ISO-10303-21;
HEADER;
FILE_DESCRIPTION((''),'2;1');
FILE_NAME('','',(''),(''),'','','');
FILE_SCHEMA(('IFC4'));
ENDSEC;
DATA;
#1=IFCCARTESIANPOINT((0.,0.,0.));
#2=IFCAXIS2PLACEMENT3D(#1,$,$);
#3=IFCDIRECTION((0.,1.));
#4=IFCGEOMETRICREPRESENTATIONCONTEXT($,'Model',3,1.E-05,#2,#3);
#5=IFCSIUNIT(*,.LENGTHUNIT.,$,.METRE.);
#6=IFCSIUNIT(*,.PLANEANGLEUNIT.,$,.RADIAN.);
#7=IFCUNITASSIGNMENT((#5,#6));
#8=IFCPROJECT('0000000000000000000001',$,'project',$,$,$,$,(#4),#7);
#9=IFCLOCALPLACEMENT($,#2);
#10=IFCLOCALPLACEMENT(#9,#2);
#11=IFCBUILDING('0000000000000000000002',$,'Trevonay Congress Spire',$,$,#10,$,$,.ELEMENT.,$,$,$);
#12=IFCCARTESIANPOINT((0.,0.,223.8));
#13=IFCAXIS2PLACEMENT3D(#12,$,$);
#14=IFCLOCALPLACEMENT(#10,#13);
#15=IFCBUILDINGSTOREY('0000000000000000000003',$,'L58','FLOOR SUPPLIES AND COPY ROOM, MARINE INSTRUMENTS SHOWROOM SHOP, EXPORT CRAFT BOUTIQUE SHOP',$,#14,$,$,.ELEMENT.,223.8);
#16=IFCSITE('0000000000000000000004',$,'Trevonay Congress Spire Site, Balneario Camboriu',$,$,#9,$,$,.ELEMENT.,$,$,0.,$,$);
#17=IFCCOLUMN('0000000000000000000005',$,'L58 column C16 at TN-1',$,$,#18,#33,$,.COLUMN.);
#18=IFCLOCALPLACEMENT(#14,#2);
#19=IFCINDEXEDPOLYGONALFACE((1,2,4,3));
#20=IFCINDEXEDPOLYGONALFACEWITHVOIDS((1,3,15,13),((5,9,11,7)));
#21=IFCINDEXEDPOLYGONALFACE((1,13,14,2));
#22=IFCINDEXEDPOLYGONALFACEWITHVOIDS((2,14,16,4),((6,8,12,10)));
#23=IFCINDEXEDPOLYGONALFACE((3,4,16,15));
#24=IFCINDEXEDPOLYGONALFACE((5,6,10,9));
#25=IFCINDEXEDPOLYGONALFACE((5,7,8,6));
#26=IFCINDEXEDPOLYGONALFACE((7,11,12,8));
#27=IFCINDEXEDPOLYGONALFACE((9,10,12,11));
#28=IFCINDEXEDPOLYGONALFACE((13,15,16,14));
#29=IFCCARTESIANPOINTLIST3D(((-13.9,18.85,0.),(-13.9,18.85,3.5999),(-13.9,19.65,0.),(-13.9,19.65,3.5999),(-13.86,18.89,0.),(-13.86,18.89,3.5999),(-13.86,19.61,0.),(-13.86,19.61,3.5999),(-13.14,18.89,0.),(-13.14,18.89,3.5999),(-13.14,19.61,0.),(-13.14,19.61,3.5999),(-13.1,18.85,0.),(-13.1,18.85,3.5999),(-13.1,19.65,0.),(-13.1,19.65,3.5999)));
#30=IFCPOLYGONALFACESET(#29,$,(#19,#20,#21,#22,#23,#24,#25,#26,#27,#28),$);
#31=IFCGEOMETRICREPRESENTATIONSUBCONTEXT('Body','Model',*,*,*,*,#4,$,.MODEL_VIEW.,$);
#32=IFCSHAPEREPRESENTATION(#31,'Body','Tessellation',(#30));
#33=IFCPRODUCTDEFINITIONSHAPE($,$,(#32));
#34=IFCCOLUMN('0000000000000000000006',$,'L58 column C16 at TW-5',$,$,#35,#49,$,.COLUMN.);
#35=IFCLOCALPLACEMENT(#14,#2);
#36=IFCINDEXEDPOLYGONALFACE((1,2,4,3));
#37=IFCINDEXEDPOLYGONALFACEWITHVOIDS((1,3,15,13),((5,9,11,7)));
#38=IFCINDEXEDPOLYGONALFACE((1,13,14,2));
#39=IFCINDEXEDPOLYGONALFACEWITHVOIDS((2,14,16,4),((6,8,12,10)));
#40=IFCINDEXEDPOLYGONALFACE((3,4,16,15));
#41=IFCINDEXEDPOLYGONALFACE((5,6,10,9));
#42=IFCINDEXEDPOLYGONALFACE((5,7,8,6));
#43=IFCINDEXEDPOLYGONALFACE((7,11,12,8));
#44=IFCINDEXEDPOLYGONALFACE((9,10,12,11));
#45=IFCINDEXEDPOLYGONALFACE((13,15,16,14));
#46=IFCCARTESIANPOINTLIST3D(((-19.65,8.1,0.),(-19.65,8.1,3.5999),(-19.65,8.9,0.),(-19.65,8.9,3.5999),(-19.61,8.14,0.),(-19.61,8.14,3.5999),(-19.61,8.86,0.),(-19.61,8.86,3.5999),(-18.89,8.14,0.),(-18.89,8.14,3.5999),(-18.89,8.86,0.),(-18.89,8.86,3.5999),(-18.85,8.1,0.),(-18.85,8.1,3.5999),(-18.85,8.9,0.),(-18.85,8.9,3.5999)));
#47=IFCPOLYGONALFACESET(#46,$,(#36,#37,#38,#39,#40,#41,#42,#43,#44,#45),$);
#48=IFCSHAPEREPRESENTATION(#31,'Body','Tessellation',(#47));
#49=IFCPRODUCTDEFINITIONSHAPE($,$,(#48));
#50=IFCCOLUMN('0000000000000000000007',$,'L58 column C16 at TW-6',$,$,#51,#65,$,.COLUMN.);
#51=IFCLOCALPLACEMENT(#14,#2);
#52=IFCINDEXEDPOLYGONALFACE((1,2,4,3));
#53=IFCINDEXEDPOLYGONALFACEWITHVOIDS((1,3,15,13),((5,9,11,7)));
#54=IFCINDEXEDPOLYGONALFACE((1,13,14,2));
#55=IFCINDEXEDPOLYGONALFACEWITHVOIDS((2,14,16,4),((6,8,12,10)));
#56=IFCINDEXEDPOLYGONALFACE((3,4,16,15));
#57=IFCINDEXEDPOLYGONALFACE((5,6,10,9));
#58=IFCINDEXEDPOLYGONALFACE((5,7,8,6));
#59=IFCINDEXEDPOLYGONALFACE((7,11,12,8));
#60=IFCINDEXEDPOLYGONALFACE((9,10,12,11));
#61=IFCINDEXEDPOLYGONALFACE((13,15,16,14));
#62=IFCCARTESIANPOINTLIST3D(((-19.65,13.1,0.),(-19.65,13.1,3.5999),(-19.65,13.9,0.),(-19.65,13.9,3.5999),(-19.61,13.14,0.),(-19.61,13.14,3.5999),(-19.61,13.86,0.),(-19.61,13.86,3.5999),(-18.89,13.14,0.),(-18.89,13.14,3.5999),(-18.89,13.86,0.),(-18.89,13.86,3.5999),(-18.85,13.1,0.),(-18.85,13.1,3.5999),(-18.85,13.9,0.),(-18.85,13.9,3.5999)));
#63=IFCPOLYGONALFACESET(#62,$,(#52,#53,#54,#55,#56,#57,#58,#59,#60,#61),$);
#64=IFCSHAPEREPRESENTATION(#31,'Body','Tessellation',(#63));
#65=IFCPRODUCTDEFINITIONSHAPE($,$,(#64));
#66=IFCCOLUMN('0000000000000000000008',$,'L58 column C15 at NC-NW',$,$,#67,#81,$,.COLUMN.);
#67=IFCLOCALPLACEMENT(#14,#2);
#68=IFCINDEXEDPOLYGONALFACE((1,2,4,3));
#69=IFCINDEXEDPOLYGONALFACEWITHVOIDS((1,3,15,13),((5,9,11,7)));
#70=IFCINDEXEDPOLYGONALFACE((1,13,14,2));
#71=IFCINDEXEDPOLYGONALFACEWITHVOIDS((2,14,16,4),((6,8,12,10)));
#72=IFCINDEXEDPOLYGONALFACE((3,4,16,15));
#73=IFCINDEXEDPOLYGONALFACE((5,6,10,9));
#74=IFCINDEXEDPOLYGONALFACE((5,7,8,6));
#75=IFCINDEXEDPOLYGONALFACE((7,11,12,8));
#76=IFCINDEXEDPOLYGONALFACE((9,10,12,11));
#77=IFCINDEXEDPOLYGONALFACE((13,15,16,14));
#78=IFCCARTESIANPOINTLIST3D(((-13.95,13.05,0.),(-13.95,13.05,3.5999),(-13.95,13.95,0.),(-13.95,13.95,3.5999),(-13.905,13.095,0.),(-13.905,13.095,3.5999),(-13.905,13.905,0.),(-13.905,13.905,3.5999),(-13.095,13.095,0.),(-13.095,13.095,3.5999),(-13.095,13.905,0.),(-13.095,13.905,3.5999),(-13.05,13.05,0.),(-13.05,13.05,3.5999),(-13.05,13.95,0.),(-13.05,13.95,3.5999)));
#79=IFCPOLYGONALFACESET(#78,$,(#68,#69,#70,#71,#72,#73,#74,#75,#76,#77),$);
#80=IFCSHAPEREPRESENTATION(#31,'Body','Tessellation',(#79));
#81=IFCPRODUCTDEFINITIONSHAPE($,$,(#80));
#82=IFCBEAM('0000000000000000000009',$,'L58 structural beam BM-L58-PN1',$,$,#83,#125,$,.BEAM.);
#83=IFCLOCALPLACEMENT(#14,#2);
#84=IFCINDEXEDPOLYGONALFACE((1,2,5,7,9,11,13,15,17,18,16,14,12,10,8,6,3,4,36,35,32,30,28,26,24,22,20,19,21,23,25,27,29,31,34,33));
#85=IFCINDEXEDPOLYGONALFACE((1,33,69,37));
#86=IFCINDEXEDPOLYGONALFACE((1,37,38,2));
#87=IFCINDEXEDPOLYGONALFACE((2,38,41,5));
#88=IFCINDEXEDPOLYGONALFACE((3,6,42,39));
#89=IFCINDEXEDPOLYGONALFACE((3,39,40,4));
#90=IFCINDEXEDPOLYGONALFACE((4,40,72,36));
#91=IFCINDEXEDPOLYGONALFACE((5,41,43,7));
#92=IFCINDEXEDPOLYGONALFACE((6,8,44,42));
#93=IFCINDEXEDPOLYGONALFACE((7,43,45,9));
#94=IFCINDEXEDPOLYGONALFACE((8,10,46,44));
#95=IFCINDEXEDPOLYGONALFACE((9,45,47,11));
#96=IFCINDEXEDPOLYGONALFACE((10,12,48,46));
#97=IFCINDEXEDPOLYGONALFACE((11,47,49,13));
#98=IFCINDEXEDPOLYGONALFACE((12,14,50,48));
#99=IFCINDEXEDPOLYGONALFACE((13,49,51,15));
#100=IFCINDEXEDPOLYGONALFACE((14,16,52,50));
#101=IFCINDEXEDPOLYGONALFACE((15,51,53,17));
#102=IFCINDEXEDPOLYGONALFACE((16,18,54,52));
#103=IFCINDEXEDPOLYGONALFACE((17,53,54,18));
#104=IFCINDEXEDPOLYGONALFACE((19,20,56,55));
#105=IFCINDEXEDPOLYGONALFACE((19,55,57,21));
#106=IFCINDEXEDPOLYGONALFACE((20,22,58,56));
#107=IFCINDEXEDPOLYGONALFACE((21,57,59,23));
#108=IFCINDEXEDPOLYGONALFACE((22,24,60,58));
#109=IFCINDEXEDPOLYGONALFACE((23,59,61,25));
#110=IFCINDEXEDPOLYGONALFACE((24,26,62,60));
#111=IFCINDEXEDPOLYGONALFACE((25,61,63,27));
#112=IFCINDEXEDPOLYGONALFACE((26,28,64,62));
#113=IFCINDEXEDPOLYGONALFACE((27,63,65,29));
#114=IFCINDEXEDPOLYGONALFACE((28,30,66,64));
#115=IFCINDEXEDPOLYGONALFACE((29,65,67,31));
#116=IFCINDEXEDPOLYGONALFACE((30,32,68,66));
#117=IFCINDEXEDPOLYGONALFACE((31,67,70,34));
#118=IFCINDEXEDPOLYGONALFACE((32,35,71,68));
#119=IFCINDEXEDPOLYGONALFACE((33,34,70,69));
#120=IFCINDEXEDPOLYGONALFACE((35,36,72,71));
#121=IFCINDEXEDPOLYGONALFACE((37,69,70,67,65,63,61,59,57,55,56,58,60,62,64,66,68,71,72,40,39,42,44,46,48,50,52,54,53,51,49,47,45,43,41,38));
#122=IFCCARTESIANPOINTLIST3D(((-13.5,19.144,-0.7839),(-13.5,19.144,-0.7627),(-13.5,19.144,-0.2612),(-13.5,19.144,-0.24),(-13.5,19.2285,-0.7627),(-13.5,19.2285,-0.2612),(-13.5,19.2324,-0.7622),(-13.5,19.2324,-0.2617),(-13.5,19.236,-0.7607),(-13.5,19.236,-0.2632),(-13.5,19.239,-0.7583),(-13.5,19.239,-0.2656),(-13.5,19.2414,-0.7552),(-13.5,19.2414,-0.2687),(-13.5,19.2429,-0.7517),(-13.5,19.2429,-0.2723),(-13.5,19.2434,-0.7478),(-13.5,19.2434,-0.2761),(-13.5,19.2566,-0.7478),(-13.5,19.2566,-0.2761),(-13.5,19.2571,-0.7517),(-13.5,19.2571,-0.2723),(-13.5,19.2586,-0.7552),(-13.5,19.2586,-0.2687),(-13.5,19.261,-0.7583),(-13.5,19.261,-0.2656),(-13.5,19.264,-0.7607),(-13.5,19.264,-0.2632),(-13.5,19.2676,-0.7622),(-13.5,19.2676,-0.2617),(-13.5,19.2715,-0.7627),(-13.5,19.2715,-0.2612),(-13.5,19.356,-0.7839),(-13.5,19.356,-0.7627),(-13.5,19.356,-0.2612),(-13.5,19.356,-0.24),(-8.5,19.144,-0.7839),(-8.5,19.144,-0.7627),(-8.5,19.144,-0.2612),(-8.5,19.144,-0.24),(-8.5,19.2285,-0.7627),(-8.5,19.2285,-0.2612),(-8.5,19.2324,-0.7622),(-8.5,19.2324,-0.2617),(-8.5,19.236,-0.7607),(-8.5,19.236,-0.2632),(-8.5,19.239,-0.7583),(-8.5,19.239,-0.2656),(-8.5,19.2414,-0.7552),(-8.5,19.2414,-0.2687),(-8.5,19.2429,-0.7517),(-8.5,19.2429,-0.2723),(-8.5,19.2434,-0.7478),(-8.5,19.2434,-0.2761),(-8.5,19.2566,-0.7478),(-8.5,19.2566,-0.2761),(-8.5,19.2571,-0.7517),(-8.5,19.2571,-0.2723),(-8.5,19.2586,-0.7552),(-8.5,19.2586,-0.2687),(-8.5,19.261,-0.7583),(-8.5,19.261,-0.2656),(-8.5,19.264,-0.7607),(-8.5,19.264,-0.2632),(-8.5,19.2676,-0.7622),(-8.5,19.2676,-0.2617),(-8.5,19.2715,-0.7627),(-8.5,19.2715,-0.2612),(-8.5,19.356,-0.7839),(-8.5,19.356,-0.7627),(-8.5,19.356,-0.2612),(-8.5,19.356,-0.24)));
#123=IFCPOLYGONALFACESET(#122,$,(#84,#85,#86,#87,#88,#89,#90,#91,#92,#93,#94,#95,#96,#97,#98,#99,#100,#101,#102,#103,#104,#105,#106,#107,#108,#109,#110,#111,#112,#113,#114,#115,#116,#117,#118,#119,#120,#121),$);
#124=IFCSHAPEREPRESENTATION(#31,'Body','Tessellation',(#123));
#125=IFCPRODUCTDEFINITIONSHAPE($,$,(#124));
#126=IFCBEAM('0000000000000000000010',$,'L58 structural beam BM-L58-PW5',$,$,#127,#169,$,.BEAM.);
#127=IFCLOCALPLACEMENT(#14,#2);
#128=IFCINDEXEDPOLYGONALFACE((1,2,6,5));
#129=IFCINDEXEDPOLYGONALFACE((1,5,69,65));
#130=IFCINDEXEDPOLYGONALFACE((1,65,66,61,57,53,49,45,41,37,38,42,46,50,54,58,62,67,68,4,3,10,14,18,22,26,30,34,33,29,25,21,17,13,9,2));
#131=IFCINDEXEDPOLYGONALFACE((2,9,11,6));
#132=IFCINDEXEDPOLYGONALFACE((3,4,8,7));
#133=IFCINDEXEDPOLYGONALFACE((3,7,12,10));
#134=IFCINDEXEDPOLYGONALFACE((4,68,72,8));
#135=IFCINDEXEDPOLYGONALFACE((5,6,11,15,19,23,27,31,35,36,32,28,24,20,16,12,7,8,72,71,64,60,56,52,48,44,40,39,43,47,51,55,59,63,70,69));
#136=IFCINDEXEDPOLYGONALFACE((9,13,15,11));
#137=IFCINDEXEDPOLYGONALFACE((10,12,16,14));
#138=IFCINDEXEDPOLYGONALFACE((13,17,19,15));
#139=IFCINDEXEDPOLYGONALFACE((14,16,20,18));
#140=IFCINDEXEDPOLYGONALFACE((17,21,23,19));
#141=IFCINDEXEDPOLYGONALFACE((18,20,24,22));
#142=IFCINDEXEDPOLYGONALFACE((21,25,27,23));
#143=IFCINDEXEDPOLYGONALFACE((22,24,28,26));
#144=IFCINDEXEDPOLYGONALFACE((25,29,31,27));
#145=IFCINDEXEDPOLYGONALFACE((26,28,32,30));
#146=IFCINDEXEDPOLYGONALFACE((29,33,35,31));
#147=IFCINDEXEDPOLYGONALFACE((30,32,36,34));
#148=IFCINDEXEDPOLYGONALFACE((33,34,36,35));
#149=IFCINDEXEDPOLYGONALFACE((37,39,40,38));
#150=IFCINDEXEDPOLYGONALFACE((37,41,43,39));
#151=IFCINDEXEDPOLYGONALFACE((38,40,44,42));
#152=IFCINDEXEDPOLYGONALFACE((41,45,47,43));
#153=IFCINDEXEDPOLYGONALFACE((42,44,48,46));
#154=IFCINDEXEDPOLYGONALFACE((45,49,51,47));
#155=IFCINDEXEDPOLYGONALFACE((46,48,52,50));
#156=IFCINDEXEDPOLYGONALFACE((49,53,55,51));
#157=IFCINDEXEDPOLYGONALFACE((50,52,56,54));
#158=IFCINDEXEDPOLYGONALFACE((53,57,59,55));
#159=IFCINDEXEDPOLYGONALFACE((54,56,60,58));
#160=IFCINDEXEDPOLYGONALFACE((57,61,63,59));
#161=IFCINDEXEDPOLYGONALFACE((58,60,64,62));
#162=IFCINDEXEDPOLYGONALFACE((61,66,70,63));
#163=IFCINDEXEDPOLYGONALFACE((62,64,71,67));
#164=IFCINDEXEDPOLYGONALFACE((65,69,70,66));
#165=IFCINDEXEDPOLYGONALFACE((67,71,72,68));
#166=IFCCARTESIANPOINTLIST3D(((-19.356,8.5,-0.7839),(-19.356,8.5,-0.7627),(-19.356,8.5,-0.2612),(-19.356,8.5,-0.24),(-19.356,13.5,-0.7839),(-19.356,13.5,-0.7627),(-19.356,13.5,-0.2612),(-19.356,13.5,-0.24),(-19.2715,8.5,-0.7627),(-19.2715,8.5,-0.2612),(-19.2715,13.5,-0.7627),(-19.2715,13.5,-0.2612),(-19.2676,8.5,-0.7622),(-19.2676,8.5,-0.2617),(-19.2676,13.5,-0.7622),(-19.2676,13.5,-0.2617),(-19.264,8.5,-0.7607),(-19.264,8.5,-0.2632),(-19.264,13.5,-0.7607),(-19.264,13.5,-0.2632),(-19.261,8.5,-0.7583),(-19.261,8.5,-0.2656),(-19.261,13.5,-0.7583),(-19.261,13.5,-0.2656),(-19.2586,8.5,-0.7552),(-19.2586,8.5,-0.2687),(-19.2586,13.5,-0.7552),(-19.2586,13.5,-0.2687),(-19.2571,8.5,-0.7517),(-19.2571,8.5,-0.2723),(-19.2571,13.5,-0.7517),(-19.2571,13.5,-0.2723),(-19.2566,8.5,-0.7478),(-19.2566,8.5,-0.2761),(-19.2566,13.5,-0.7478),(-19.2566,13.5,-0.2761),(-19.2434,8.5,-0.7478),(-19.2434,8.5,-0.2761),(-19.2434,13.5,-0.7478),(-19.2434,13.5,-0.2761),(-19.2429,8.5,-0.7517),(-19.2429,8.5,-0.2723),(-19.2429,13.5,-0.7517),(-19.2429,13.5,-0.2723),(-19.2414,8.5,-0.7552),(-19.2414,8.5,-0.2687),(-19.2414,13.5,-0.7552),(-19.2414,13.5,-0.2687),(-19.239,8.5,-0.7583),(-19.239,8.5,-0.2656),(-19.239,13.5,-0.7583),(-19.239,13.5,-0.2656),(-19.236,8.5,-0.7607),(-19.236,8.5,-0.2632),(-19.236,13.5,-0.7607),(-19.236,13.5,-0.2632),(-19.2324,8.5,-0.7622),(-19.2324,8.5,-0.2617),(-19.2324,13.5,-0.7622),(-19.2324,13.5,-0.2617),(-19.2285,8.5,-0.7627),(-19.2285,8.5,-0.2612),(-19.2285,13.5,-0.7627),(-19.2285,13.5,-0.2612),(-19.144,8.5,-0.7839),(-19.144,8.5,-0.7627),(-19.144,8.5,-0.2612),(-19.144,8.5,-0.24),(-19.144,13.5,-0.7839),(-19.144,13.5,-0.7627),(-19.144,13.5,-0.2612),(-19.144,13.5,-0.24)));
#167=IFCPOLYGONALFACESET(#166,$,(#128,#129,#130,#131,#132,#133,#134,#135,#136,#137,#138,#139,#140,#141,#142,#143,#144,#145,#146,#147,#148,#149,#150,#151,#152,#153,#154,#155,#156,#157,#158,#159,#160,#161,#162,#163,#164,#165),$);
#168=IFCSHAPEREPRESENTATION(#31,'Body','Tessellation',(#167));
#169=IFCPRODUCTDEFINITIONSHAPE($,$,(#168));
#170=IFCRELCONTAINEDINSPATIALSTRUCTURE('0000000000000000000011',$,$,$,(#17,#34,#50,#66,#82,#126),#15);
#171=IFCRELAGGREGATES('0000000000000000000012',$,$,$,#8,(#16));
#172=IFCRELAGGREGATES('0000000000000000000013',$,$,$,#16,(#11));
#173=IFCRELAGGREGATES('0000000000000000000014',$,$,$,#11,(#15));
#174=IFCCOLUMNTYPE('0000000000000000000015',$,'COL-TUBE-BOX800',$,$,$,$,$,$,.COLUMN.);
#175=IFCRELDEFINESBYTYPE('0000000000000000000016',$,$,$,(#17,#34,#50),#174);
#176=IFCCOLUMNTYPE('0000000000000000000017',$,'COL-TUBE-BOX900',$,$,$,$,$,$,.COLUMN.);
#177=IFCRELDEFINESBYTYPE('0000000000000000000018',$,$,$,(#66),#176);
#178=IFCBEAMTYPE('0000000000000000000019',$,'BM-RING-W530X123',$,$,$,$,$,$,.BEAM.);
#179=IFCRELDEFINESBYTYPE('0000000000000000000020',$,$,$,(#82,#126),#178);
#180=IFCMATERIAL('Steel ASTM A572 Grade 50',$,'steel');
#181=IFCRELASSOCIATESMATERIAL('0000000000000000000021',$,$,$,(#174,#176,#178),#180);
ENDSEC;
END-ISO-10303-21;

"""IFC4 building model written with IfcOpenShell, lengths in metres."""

from ifc_helpers import new_model, si_unit, direction, frame, origin, origin_2d, place, context, subcontext, project, spatial, hollow_rectangle, i_section, extrude, material, material_profile, profile_set, type_object, element, save


model = new_model("IFC4")

# Units and contexts
model_context = context("Model", 3, precision=1e-05, world=origin(), true_north=direction((0.0, 1.0)))
body_context = subcontext(model_context, "Body", "Model", "MODEL_VIEW")
ifc_project = project(units=[si_unit("LENGTHUNIT", "METRE"), si_unit("PLANEANGLEUNIT", "RADIAN")], contexts=[model_context])

# Site, building, storey
site_placement = place(None, origin())
site = spatial("IfcSite", under=ifc_project, at=site_placement, Name="Trevonay Congress Spire Site, Balneario Camboriu", CompositionType="ELEMENT", RefElevation=0.0)
building_placement = place(site_placement, origin())
building = spatial("IfcBuilding", under=site, at=building_placement, Name="Trevonay Congress Spire", CompositionType="ELEMENT")
storey_placement = place(building_placement, frame((0.0, 0.0, 223.8)))
storey = spatial("IfcBuildingStorey", under=building, at=storey_placement, Name="L58", Description="FLOOR SUPPLIES AND COPY ROOM, MARINE INSTRUMENTS SHOWROOM SHOP, EXPORT CRAFT BOUTIQUE SHOP", CompositionType="ELEMENT", Elevation=223.8)

# Columns
ifc_material_1 = material(Name="Steel ASTM A572 Grade 50", Category="steel")
ifc_material_profile_1 = material_profile(ifc_material_1, hollow_rectangle(XDim=0.8, YDim=0.8, WallThickness=0.04, at=origin_2d()), Name="BOX 800x800x40")
ifc_profile_set_1 = profile_set([ifc_material_profile_1], Name="Steel ASTM A572 Grade 50")
column_type_1 = type_object("IfcColumnType", Name="COL-TUBE-BOX800", PredefinedType="COLUMN", material=ifc_profile_set_1)
for number, where, z_axis, x_axis, name in (
    (1, (-13.5, 19.25, 0.0), (0.0, 0.0, 1.0), (1.0, 0.0, 0.0), "L58 column C16 at TN-1"),
    (2, (-19.25, 8.5, 0.0), (0.0, 0.0, 1.0), (1.0, 0.0, 0.0), "L58 column C16 at TW-5"),
    (3, (-19.25, 13.5, 0.0), (0.0, 0.0, 1.0), (1.0, 0.0, 0.0), "L58 column C16 at TW-6"),
):
    element("IfcColumn", number, at=place(storey_placement, frame(where, z_axis=z_axis, x_axis=x_axis)), inside=storey, type_object=column_type_1, Name=name, PredefinedType="COLUMN", context=body_context, shape_type="SweptSolid", body=[
        extrude(hollow_rectangle(XDim=0.8, YDim=0.8, WallThickness=0.04, at=origin_2d()), origin(), (0.0, 0.0, 1.0), 3.5999),
    ])
ifc_material_profile_2 = material_profile(ifc_material_1, hollow_rectangle(XDim=0.8999, YDim=0.8999, WallThickness=0.0449, at=origin_2d()), Name="BOX 900x900x45")
ifc_profile_set_2 = profile_set([ifc_material_profile_2], Name="Steel ASTM A572 Grade 50")
column_type_2 = type_object("IfcColumnType", Name="COL-TUBE-BOX900", PredefinedType="COLUMN", material=ifc_profile_set_2)
column_placement = place(storey_placement, frame((-13.5, 13.5, 0.0), z_axis=(0.0, 0.0, 1.0), x_axis=(1.0, 0.0, 0.0)))
element("IfcColumn", 4, at=column_placement, inside=storey, type_object=column_type_2, Name="L58 column C15 at NC-NW", PredefinedType="COLUMN", context=body_context, shape_type="SweptSolid", body=[
    extrude(hollow_rectangle(XDim=0.8999, YDim=0.8999, WallThickness=0.0449, at=origin_2d()), origin(), (0.0, 0.0, 1.0), 3.5999),
])

# Beams
ifc_material_profile_3 = material_profile(ifc_material_1, i_section(OverallWidth=0.2119, OverallDepth=0.5439, WebThickness=0.0132, FlangeThickness=0.0212, FilletRadius=0.0149, at=origin_2d()), Name="W530x123")
ifc_profile_set_3 = profile_set([ifc_material_profile_3], Name="Steel ASTM A572 Grade 50")
beam_type = type_object("IfcBeamType", Name="BM-RING-W530X123", PredefinedType="BEAM", material=ifc_profile_set_3)
for number, where, z_axis, x_axis, name in (
    (5, (-13.5, 19.25, -0.512), (1.0, 0.0, 0.0), (0.0, 1.0, 0.0), "L58 structural beam BM-L58-PN1"),
    (6, (-19.25, 8.5, -0.512), (0.0, 1.0, 0.0), (-1.0, 0.0, 0.0), "L58 structural beam BM-L58-PW5"),
):
    element("IfcBeam", number, at=place(storey_placement, frame(where, z_axis=z_axis, x_axis=x_axis)), inside=storey, type_object=beam_type, Name=name, PredefinedType="BEAM", context=body_context, shape_type="SweptSolid", body=[
        extrude(i_section(OverallWidth=0.2119, OverallDepth=0.5439, WebThickness=0.0132, FlangeThickness=0.0212, FilletRadius=0.0149, at=origin_2d()), origin(), (0.0, 0.0, 1.0), 5.0),
    ])

save(model, "model.ifc")
